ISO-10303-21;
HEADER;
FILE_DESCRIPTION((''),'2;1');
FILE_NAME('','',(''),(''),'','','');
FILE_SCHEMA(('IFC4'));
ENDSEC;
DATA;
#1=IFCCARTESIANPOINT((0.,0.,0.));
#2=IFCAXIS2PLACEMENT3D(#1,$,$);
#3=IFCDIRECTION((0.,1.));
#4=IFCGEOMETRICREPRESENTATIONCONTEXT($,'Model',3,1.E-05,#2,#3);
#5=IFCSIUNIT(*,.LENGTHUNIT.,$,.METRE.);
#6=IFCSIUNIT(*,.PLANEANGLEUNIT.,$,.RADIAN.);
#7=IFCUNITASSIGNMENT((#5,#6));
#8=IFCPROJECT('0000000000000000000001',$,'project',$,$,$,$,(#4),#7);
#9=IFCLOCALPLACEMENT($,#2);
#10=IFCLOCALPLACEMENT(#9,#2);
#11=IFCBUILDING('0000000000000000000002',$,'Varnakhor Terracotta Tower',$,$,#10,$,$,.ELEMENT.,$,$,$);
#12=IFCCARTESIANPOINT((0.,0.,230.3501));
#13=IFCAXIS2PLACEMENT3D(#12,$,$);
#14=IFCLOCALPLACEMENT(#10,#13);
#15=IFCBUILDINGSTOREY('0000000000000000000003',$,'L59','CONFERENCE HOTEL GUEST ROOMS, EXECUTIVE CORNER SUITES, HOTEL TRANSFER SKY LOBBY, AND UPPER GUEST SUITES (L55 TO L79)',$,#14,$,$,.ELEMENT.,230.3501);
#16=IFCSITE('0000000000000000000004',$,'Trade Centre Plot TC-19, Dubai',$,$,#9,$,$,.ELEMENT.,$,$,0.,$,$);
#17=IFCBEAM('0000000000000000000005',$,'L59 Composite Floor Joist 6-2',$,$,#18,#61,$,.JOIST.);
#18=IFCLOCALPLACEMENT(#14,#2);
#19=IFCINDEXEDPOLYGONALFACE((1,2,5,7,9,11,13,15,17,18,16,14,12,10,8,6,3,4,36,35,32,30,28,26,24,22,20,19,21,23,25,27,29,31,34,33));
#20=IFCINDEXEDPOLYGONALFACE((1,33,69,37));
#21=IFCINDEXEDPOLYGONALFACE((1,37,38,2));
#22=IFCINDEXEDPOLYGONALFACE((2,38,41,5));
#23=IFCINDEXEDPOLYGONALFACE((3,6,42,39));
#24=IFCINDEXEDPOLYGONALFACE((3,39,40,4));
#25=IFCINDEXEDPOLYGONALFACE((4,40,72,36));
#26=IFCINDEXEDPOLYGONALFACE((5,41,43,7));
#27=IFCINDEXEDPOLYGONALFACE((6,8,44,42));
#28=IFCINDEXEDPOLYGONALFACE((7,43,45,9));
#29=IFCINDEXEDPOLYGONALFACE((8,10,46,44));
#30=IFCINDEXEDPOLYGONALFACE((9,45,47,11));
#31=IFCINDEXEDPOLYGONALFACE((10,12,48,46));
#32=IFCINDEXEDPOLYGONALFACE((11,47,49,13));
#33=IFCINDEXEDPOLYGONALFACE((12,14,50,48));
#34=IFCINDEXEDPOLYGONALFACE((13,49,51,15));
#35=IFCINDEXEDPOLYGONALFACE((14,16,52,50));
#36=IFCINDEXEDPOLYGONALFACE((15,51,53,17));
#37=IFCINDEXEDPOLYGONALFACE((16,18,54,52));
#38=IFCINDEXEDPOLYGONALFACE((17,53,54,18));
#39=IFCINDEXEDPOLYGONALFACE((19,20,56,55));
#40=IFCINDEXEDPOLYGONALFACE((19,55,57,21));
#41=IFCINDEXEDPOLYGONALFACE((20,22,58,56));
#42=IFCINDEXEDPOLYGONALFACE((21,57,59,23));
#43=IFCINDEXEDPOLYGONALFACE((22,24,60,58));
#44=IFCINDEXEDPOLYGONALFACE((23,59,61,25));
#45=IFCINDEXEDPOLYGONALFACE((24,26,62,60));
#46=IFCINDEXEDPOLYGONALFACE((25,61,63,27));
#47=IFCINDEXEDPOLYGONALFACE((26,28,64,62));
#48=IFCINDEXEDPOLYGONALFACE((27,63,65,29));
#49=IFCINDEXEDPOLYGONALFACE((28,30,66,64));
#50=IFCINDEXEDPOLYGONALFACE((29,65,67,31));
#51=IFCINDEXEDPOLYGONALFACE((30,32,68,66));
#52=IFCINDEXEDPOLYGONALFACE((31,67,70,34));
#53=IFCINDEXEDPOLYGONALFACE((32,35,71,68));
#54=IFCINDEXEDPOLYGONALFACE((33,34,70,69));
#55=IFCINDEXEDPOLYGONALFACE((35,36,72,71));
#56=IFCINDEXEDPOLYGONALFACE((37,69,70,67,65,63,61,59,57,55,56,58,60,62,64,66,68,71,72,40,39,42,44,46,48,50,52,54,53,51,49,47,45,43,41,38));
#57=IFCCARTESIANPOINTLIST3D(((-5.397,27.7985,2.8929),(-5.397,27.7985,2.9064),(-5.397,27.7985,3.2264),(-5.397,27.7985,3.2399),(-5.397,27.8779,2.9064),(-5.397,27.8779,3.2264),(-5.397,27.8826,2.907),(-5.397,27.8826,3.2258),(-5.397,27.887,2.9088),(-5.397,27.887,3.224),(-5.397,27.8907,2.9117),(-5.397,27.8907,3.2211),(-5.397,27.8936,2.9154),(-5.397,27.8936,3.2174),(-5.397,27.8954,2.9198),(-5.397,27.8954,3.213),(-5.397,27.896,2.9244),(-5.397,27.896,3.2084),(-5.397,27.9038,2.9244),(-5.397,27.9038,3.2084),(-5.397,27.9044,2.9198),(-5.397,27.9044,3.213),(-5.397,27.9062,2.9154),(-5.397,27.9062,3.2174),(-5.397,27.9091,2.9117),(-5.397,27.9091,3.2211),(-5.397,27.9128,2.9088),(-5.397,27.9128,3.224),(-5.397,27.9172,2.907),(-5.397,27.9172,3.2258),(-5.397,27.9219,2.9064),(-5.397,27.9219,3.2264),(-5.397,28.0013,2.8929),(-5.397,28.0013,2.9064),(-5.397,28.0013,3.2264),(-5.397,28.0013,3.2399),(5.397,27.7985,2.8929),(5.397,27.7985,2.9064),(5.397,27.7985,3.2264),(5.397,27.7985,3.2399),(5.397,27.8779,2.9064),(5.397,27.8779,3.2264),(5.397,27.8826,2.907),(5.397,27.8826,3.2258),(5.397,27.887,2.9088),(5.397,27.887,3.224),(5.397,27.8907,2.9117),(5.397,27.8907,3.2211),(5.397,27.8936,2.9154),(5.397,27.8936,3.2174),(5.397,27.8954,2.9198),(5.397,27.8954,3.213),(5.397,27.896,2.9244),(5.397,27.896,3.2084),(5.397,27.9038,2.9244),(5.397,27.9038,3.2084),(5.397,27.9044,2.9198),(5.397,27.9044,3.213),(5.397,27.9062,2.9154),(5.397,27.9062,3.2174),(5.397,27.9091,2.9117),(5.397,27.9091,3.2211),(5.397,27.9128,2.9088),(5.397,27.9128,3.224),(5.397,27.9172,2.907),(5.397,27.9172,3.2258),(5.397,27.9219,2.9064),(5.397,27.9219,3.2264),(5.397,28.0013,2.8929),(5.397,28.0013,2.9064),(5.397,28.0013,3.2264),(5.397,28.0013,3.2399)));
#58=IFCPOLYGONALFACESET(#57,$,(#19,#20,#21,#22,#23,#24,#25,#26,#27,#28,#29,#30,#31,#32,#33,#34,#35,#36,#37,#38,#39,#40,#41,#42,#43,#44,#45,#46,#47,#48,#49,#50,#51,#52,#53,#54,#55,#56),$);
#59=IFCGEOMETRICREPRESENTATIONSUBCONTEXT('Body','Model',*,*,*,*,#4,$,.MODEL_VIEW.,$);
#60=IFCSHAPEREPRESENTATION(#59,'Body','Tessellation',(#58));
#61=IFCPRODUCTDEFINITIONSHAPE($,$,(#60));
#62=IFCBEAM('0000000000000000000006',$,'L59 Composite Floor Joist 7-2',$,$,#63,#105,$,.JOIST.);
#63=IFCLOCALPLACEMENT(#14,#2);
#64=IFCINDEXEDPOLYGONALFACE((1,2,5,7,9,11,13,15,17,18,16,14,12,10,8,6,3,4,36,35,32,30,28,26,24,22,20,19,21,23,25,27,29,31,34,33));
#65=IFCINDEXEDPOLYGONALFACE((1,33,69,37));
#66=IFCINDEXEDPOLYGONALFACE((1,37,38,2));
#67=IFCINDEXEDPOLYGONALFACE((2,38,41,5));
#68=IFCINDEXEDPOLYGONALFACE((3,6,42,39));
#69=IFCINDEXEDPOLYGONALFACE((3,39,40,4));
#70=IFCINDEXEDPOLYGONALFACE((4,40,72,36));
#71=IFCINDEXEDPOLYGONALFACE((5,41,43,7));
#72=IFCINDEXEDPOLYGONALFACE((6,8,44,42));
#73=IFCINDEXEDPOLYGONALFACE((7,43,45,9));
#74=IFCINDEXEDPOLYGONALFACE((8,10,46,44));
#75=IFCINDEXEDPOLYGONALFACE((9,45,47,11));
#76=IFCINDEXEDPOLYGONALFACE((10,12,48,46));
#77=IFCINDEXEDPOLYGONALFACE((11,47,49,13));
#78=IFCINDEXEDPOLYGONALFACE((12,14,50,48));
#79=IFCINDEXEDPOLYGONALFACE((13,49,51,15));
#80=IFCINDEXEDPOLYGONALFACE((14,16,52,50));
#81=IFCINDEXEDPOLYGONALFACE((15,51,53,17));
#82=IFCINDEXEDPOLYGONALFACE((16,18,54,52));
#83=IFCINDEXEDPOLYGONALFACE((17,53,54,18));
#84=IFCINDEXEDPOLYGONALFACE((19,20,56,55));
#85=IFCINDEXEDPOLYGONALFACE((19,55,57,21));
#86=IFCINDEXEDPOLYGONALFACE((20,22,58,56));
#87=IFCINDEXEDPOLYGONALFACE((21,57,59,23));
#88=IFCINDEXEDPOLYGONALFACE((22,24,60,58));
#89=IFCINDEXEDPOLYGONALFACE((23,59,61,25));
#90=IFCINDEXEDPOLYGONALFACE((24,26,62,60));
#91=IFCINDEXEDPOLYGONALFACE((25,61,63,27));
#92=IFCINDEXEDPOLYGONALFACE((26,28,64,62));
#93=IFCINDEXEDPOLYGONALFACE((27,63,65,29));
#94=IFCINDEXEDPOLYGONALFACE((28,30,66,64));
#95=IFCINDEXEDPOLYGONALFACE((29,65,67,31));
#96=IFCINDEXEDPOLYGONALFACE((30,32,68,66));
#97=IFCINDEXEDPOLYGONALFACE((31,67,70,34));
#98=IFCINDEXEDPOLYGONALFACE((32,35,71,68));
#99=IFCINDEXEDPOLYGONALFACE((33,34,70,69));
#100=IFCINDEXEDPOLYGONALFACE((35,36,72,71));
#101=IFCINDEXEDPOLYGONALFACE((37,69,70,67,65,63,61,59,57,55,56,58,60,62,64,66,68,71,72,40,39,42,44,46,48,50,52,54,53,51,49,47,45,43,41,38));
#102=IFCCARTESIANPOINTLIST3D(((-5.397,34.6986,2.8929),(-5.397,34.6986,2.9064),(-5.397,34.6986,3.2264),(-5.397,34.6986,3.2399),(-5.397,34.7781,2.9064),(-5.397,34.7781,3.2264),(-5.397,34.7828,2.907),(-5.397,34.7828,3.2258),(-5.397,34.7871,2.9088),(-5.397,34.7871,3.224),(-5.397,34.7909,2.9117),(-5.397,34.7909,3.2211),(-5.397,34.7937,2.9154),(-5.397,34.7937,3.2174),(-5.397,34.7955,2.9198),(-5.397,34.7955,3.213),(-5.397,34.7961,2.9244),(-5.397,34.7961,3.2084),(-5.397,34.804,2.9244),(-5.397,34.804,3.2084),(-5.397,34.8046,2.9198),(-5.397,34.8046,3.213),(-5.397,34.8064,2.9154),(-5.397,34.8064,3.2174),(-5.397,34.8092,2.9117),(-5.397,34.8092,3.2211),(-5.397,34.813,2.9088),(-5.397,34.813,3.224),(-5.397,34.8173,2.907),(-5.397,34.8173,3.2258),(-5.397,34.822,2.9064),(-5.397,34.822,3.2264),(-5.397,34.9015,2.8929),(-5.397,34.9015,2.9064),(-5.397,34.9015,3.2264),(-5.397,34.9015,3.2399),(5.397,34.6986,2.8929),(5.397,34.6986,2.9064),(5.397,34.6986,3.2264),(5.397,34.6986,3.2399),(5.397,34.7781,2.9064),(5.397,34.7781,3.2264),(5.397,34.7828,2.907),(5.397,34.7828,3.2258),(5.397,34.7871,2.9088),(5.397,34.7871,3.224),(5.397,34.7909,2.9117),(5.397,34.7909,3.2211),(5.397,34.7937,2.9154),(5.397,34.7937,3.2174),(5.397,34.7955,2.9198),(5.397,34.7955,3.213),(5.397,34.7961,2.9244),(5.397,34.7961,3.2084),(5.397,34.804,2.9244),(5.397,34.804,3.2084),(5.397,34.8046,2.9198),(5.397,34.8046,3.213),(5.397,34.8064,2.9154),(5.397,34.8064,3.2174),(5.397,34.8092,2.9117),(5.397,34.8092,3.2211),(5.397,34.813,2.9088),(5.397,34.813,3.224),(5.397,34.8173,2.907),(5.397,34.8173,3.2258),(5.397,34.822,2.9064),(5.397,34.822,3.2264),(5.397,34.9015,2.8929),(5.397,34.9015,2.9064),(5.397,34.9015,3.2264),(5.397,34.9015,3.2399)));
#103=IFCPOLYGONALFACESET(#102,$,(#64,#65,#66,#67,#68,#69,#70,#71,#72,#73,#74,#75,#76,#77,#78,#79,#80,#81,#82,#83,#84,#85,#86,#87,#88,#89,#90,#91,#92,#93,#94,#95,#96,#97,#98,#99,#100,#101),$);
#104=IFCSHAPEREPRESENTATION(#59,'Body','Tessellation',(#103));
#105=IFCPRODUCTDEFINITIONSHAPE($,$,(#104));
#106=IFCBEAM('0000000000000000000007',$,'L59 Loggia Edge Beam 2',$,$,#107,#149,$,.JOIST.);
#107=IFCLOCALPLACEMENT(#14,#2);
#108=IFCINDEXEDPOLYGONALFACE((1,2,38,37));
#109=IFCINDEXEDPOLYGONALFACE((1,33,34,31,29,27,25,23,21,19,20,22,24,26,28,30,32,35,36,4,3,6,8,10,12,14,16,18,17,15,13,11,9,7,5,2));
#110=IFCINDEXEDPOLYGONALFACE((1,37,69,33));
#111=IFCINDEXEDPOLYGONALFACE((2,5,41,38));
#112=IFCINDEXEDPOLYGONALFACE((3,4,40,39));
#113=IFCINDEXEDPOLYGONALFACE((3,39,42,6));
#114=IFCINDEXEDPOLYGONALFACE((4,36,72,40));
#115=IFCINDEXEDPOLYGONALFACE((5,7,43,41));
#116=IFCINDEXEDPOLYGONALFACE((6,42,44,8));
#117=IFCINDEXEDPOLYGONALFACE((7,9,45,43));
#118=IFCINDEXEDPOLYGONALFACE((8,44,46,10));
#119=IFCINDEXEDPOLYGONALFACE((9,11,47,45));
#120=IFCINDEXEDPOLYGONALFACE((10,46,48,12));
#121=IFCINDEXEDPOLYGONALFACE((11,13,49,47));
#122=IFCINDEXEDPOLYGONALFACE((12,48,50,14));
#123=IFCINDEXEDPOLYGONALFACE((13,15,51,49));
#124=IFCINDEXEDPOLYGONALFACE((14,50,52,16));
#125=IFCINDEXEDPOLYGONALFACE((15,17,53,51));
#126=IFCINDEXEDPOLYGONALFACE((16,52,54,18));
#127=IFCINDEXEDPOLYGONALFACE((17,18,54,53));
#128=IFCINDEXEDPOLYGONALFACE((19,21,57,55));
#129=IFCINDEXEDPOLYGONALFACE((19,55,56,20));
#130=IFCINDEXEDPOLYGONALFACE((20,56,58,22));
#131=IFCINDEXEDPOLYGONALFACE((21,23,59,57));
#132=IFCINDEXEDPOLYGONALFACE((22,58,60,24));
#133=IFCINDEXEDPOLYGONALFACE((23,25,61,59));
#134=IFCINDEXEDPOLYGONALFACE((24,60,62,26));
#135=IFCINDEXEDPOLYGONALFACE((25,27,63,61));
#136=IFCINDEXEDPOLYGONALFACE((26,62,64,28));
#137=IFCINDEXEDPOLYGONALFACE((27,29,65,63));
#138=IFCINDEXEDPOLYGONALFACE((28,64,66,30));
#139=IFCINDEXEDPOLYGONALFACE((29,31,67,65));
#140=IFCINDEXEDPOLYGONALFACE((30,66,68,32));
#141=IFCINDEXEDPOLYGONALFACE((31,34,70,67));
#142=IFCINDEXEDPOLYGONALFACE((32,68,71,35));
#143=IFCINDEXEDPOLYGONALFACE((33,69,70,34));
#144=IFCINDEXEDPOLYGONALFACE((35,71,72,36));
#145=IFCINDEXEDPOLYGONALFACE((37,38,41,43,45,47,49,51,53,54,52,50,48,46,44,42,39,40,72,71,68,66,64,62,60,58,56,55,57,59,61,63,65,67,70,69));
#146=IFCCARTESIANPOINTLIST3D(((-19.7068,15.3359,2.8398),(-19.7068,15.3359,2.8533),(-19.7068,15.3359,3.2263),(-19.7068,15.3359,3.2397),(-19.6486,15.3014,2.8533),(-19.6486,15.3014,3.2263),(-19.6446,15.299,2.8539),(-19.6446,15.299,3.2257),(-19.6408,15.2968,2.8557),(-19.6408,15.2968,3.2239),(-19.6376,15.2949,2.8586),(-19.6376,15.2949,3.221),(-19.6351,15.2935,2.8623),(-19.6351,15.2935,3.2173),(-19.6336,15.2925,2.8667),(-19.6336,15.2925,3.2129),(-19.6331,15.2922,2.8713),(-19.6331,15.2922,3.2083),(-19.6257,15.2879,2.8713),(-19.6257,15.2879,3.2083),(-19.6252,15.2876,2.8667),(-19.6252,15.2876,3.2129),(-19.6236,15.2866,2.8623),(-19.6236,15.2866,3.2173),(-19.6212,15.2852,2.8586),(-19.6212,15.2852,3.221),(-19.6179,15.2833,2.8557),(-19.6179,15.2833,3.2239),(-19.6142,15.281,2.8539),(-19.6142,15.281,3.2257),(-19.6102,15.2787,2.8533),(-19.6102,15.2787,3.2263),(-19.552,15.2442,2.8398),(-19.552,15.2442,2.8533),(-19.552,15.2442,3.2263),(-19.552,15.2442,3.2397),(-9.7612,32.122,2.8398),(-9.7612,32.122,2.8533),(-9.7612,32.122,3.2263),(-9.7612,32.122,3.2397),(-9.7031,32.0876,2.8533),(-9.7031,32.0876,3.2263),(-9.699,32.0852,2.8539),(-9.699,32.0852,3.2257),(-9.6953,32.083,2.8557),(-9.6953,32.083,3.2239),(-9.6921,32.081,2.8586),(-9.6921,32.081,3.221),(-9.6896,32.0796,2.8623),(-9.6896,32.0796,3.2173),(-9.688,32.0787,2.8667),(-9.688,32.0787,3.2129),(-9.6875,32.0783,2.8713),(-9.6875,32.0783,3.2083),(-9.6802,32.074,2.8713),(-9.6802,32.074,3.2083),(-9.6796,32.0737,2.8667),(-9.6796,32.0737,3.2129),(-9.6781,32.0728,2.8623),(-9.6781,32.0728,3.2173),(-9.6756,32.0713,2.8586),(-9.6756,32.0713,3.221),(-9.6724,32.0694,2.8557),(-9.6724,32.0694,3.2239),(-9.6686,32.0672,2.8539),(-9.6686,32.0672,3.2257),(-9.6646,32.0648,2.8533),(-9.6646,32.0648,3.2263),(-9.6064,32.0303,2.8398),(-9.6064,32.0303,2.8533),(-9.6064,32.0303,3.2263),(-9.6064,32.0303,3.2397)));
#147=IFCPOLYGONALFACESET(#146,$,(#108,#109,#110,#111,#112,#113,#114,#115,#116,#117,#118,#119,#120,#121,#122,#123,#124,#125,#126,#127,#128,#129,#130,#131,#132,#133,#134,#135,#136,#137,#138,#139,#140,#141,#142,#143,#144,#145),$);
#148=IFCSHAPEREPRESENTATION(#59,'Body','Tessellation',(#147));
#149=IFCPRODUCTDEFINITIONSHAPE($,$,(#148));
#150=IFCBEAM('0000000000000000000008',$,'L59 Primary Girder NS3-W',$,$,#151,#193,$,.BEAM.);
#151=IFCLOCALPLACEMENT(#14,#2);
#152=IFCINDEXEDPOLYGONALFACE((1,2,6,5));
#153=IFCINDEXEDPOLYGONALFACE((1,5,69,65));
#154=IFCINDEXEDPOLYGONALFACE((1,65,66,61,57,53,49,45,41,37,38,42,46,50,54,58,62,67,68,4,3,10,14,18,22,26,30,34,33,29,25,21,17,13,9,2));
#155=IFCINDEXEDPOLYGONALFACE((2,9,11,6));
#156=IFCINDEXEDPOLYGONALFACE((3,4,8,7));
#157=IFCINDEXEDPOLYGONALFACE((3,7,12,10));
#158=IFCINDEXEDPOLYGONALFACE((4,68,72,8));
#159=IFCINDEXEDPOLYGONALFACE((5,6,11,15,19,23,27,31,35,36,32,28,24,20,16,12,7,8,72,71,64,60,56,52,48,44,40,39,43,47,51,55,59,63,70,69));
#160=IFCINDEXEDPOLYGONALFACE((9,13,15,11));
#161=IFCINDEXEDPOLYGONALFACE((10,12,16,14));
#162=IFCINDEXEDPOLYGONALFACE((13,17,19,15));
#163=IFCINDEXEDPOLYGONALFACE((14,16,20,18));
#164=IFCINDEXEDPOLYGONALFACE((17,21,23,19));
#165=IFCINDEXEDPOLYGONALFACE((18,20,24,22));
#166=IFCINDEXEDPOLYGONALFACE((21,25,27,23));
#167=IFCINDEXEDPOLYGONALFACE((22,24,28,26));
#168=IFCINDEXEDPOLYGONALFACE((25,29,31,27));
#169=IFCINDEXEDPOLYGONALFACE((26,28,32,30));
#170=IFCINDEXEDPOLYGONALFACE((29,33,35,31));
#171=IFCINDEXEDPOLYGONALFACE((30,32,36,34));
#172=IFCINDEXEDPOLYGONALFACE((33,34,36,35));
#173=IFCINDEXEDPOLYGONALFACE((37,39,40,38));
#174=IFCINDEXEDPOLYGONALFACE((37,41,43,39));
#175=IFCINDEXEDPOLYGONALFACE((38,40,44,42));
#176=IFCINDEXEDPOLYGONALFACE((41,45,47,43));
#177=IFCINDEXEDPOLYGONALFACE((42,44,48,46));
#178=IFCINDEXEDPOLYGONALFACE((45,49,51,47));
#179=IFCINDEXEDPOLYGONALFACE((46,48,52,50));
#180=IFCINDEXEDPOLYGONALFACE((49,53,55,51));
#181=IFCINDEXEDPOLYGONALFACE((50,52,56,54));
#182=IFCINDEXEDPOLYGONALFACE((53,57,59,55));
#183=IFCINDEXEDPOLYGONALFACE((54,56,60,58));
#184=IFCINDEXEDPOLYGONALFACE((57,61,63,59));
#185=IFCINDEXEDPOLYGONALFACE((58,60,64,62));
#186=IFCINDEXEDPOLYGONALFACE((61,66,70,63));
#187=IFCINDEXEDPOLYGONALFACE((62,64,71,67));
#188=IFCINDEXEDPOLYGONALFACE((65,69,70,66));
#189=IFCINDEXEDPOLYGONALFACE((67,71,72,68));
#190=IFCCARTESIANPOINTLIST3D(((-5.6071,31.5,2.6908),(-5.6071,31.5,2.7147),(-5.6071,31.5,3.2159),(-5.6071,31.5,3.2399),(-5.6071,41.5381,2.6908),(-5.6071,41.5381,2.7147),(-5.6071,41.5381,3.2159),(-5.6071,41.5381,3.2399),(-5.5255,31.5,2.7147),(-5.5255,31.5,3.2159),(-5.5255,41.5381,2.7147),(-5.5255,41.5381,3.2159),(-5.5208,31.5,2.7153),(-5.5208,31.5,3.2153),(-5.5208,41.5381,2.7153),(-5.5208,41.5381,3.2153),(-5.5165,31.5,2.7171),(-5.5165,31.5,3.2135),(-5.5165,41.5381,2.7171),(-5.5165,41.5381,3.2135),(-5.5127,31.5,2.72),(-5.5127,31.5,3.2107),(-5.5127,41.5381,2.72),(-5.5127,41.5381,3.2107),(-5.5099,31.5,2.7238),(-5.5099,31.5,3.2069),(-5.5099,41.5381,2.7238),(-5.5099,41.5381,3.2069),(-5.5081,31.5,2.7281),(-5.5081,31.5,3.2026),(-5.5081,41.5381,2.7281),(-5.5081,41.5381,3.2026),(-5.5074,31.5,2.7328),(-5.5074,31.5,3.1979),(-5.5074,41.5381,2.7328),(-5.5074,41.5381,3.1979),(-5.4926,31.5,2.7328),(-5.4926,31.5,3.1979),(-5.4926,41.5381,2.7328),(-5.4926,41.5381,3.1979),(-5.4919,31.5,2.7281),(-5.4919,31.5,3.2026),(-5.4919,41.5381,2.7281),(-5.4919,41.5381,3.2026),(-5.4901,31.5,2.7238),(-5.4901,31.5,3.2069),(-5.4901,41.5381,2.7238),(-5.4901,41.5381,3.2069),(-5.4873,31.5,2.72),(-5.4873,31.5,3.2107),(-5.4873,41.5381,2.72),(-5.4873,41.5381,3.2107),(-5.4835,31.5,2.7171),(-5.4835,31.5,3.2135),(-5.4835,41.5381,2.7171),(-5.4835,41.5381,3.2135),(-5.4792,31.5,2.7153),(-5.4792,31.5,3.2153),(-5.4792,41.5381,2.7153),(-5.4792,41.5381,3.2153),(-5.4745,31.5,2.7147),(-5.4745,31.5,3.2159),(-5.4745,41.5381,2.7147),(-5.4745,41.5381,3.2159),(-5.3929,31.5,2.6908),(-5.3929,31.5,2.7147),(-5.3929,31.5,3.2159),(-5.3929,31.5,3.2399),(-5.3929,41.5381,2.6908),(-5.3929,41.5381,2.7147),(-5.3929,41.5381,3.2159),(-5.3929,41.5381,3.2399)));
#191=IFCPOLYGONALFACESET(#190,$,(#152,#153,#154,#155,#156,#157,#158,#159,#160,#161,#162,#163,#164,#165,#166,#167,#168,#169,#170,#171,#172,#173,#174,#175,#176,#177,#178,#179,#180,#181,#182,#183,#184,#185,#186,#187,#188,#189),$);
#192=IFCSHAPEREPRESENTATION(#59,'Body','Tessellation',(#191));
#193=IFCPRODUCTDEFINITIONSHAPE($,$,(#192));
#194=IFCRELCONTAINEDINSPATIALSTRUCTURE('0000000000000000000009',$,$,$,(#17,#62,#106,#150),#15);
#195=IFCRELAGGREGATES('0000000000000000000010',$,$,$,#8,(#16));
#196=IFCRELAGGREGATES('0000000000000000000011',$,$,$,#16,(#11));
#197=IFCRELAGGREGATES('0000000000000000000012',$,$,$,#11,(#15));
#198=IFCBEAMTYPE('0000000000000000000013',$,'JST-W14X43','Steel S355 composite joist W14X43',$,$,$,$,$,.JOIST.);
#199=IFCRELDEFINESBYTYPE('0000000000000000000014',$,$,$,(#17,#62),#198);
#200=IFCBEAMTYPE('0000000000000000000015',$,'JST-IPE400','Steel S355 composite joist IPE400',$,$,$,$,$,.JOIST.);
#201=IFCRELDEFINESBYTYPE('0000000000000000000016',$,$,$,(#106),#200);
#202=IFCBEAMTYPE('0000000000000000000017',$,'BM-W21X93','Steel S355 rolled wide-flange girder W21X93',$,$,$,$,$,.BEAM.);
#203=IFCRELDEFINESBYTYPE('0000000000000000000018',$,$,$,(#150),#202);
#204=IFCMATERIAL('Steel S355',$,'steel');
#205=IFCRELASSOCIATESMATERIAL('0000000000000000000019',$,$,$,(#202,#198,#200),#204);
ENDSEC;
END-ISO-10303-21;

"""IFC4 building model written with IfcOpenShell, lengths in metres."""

from ifc_helpers import new_model, si_unit, direction, frame, origin, origin_2d, place, context, subcontext, project, spatial, i_section, extrude, source, transform, mapped, material, material_profile, profile_set, type_object, element, save


model = new_model("IFC4")

# Units and contexts
model_context = context("Model", 3, precision=1e-05, world=origin(), true_north=direction((0.0, 1.0)))
body_context = subcontext(model_context, "Body", "Model", "MODEL_VIEW")
ifc_project = project(units=[si_unit("LENGTHUNIT", "METRE"), si_unit("PLANEANGLEUNIT", "RADIAN")], contexts=[model_context])

# Site, building, storey
site_placement = place(None, origin())
site = spatial("IfcSite", under=ifc_project, at=site_placement, Name="Trade Centre Plot TC-19, Dubai", CompositionType="ELEMENT", RefElevation=0.0)
building_placement = place(site_placement, origin())
building = spatial("IfcBuilding", under=site, at=building_placement, Name="Varnakhor Terracotta Tower", CompositionType="ELEMENT")
storey_placement = place(building_placement, frame((0.0, 0.0, 230.3501)))
storey = spatial("IfcBuildingStorey", under=building, at=storey_placement, Name="L59", Description="CONFERENCE HOTEL GUEST ROOMS, EXECUTIVE CORNER SUITES, HOTEL TRANSFER SKY LOBBY, AND UPPER GUEST SUITES (L55 TO L79)", CompositionType="ELEMENT", Elevation=230.3501)

# Beams
ifc_material_1 = material(Name="Steel S355", Category="steel")
ifc_material_profile_1 = material_profile(ifc_material_1, i_section(OverallWidth=0.2141, OverallDepth=0.5491, WebThickness=0.0149, FlangeThickness=0.0239, FilletRadius=0.0181, at=origin_2d()), Name="W21X93")
ifc_profile_set_1 = profile_set([ifc_material_profile_1], Name="Steel S355")
beam_type_1 = type_object("IfcBeamType", Name="BM-W21X93", Description="Steel S355 rolled wide-flange girder W21X93", PredefinedType="BEAM", material=ifc_profile_set_1)
ifc_material_profile_2 = material_profile(ifc_material_1, i_section(OverallWidth=0.2029, OverallDepth=0.3469, WebThickness=0.0078, FlangeThickness=0.0134, FilletRadius=0.0181, at=origin_2d()), Name="W14X43")
ifc_profile_set_2 = profile_set([ifc_material_profile_2], Name="Steel S355")
beam_type_2 = type_object("IfcBeamType", Name="JST-W14X43", Description="Steel S355 composite joist W14X43", PredefinedType="JOIST", material=ifc_profile_set_2)
shared_shape_1 = source(origin(), body_context, "Body", "SweptSolid", [
    extrude(i_section(OverallWidth=0.2029, OverallDepth=0.3469, WebThickness=0.0078, FlangeThickness=0.0134, FilletRadius=0.0181, at=origin_2d()), origin(), (0.0, 0.0, 1.0), 10.7939),
])
for number, where, z_axis, x_axis, name in (
    (1, (-5.397, 27.8999, 3.0664), (1.0, 0.0, 0.0), (0.0, 1.0, 0.0), "L59 Composite Floor Joist 6-2"),
    (2, (-5.397, 34.8, 3.0664), (1.0, 0.0, 0.0), (0.0, 1.0, 0.0), "L59 Composite Floor Joist 7-2"),
):
    element("IfcBeam", number, at=place(storey_placement, frame(where, z_axis=z_axis, x_axis=x_axis)), inside=storey, type_object=beam_type_2, Name=name, PredefinedType="JOIST", context=body_context, shape_type="MappedRepresentation", body=[
        mapped(shared_shape_1, transform((0.0, 0.0, 0.0), scale=1.0)),
    ])
ifc_material_profile_3 = material_profile(ifc_material_1, i_section(OverallWidth=0.1799, OverallDepth=0.3999, WebThickness=0.0085, FlangeThickness=0.0134, FilletRadius=0.0181, at=origin_2d()), Name="IPE400")
ifc_profile_set_3 = profile_set([ifc_material_profile_3], Name="Steel S355")
beam_type_3 = type_object("IfcBeamType", Name="JST-IPE400", Description="Steel S355 composite joist IPE400", PredefinedType="JOIST", material=ifc_profile_set_3)
shared_shape_2 = source(origin(), body_context, "Body", "SweptSolid", [
    extrude(i_section(OverallWidth=0.1799, OverallDepth=0.3999, WebThickness=0.0085, FlangeThickness=0.0134, FilletRadius=0.0181, at=origin_2d()), origin(), (0.0, 0.0, 1.0), 19.5112),
])
beam_1_placement = place(storey_placement, frame((-9.6838, 32.0762, 3.0398), z_axis=(-0.509735, -0.860332, 0.0), x_axis=(0.860332, -0.509735, 0.0)))
element("IfcBeam", 3, at=beam_1_placement, inside=storey, type_object=beam_type_3, Name="L59 Loggia Edge Beam 2", PredefinedType="JOIST", context=body_context, shape_type="MappedRepresentation", body=[
    mapped(shared_shape_2, transform((0.0, 0.0, 0.0), scale=1.0)),
])
shared_shape_3 = source(origin(), body_context, "Body", "SweptSolid", [
    extrude(i_section(OverallWidth=0.2141, OverallDepth=0.5491, WebThickness=0.0149, FlangeThickness=0.0239, FilletRadius=0.0181, at=origin_2d()), origin(), (0.0, 0.0, 1.0), 10.0381),
])
beam_2_placement = place(storey_placement, frame((-5.5, 31.5, 2.9653), z_axis=(0.0, 1.0, 0.0), x_axis=(-1.0, 0.0, 0.0)))
element("IfcBeam", 4, at=beam_2_placement, inside=storey, type_object=beam_type_1, Name="L59 Primary Girder NS3-W", PredefinedType="BEAM", context=body_context, shape_type="MappedRepresentation", body=[
    mapped(shared_shape_3, transform((0.0, 0.0, 0.0), scale=1.0)),
])

save(model, "model.ifc")
